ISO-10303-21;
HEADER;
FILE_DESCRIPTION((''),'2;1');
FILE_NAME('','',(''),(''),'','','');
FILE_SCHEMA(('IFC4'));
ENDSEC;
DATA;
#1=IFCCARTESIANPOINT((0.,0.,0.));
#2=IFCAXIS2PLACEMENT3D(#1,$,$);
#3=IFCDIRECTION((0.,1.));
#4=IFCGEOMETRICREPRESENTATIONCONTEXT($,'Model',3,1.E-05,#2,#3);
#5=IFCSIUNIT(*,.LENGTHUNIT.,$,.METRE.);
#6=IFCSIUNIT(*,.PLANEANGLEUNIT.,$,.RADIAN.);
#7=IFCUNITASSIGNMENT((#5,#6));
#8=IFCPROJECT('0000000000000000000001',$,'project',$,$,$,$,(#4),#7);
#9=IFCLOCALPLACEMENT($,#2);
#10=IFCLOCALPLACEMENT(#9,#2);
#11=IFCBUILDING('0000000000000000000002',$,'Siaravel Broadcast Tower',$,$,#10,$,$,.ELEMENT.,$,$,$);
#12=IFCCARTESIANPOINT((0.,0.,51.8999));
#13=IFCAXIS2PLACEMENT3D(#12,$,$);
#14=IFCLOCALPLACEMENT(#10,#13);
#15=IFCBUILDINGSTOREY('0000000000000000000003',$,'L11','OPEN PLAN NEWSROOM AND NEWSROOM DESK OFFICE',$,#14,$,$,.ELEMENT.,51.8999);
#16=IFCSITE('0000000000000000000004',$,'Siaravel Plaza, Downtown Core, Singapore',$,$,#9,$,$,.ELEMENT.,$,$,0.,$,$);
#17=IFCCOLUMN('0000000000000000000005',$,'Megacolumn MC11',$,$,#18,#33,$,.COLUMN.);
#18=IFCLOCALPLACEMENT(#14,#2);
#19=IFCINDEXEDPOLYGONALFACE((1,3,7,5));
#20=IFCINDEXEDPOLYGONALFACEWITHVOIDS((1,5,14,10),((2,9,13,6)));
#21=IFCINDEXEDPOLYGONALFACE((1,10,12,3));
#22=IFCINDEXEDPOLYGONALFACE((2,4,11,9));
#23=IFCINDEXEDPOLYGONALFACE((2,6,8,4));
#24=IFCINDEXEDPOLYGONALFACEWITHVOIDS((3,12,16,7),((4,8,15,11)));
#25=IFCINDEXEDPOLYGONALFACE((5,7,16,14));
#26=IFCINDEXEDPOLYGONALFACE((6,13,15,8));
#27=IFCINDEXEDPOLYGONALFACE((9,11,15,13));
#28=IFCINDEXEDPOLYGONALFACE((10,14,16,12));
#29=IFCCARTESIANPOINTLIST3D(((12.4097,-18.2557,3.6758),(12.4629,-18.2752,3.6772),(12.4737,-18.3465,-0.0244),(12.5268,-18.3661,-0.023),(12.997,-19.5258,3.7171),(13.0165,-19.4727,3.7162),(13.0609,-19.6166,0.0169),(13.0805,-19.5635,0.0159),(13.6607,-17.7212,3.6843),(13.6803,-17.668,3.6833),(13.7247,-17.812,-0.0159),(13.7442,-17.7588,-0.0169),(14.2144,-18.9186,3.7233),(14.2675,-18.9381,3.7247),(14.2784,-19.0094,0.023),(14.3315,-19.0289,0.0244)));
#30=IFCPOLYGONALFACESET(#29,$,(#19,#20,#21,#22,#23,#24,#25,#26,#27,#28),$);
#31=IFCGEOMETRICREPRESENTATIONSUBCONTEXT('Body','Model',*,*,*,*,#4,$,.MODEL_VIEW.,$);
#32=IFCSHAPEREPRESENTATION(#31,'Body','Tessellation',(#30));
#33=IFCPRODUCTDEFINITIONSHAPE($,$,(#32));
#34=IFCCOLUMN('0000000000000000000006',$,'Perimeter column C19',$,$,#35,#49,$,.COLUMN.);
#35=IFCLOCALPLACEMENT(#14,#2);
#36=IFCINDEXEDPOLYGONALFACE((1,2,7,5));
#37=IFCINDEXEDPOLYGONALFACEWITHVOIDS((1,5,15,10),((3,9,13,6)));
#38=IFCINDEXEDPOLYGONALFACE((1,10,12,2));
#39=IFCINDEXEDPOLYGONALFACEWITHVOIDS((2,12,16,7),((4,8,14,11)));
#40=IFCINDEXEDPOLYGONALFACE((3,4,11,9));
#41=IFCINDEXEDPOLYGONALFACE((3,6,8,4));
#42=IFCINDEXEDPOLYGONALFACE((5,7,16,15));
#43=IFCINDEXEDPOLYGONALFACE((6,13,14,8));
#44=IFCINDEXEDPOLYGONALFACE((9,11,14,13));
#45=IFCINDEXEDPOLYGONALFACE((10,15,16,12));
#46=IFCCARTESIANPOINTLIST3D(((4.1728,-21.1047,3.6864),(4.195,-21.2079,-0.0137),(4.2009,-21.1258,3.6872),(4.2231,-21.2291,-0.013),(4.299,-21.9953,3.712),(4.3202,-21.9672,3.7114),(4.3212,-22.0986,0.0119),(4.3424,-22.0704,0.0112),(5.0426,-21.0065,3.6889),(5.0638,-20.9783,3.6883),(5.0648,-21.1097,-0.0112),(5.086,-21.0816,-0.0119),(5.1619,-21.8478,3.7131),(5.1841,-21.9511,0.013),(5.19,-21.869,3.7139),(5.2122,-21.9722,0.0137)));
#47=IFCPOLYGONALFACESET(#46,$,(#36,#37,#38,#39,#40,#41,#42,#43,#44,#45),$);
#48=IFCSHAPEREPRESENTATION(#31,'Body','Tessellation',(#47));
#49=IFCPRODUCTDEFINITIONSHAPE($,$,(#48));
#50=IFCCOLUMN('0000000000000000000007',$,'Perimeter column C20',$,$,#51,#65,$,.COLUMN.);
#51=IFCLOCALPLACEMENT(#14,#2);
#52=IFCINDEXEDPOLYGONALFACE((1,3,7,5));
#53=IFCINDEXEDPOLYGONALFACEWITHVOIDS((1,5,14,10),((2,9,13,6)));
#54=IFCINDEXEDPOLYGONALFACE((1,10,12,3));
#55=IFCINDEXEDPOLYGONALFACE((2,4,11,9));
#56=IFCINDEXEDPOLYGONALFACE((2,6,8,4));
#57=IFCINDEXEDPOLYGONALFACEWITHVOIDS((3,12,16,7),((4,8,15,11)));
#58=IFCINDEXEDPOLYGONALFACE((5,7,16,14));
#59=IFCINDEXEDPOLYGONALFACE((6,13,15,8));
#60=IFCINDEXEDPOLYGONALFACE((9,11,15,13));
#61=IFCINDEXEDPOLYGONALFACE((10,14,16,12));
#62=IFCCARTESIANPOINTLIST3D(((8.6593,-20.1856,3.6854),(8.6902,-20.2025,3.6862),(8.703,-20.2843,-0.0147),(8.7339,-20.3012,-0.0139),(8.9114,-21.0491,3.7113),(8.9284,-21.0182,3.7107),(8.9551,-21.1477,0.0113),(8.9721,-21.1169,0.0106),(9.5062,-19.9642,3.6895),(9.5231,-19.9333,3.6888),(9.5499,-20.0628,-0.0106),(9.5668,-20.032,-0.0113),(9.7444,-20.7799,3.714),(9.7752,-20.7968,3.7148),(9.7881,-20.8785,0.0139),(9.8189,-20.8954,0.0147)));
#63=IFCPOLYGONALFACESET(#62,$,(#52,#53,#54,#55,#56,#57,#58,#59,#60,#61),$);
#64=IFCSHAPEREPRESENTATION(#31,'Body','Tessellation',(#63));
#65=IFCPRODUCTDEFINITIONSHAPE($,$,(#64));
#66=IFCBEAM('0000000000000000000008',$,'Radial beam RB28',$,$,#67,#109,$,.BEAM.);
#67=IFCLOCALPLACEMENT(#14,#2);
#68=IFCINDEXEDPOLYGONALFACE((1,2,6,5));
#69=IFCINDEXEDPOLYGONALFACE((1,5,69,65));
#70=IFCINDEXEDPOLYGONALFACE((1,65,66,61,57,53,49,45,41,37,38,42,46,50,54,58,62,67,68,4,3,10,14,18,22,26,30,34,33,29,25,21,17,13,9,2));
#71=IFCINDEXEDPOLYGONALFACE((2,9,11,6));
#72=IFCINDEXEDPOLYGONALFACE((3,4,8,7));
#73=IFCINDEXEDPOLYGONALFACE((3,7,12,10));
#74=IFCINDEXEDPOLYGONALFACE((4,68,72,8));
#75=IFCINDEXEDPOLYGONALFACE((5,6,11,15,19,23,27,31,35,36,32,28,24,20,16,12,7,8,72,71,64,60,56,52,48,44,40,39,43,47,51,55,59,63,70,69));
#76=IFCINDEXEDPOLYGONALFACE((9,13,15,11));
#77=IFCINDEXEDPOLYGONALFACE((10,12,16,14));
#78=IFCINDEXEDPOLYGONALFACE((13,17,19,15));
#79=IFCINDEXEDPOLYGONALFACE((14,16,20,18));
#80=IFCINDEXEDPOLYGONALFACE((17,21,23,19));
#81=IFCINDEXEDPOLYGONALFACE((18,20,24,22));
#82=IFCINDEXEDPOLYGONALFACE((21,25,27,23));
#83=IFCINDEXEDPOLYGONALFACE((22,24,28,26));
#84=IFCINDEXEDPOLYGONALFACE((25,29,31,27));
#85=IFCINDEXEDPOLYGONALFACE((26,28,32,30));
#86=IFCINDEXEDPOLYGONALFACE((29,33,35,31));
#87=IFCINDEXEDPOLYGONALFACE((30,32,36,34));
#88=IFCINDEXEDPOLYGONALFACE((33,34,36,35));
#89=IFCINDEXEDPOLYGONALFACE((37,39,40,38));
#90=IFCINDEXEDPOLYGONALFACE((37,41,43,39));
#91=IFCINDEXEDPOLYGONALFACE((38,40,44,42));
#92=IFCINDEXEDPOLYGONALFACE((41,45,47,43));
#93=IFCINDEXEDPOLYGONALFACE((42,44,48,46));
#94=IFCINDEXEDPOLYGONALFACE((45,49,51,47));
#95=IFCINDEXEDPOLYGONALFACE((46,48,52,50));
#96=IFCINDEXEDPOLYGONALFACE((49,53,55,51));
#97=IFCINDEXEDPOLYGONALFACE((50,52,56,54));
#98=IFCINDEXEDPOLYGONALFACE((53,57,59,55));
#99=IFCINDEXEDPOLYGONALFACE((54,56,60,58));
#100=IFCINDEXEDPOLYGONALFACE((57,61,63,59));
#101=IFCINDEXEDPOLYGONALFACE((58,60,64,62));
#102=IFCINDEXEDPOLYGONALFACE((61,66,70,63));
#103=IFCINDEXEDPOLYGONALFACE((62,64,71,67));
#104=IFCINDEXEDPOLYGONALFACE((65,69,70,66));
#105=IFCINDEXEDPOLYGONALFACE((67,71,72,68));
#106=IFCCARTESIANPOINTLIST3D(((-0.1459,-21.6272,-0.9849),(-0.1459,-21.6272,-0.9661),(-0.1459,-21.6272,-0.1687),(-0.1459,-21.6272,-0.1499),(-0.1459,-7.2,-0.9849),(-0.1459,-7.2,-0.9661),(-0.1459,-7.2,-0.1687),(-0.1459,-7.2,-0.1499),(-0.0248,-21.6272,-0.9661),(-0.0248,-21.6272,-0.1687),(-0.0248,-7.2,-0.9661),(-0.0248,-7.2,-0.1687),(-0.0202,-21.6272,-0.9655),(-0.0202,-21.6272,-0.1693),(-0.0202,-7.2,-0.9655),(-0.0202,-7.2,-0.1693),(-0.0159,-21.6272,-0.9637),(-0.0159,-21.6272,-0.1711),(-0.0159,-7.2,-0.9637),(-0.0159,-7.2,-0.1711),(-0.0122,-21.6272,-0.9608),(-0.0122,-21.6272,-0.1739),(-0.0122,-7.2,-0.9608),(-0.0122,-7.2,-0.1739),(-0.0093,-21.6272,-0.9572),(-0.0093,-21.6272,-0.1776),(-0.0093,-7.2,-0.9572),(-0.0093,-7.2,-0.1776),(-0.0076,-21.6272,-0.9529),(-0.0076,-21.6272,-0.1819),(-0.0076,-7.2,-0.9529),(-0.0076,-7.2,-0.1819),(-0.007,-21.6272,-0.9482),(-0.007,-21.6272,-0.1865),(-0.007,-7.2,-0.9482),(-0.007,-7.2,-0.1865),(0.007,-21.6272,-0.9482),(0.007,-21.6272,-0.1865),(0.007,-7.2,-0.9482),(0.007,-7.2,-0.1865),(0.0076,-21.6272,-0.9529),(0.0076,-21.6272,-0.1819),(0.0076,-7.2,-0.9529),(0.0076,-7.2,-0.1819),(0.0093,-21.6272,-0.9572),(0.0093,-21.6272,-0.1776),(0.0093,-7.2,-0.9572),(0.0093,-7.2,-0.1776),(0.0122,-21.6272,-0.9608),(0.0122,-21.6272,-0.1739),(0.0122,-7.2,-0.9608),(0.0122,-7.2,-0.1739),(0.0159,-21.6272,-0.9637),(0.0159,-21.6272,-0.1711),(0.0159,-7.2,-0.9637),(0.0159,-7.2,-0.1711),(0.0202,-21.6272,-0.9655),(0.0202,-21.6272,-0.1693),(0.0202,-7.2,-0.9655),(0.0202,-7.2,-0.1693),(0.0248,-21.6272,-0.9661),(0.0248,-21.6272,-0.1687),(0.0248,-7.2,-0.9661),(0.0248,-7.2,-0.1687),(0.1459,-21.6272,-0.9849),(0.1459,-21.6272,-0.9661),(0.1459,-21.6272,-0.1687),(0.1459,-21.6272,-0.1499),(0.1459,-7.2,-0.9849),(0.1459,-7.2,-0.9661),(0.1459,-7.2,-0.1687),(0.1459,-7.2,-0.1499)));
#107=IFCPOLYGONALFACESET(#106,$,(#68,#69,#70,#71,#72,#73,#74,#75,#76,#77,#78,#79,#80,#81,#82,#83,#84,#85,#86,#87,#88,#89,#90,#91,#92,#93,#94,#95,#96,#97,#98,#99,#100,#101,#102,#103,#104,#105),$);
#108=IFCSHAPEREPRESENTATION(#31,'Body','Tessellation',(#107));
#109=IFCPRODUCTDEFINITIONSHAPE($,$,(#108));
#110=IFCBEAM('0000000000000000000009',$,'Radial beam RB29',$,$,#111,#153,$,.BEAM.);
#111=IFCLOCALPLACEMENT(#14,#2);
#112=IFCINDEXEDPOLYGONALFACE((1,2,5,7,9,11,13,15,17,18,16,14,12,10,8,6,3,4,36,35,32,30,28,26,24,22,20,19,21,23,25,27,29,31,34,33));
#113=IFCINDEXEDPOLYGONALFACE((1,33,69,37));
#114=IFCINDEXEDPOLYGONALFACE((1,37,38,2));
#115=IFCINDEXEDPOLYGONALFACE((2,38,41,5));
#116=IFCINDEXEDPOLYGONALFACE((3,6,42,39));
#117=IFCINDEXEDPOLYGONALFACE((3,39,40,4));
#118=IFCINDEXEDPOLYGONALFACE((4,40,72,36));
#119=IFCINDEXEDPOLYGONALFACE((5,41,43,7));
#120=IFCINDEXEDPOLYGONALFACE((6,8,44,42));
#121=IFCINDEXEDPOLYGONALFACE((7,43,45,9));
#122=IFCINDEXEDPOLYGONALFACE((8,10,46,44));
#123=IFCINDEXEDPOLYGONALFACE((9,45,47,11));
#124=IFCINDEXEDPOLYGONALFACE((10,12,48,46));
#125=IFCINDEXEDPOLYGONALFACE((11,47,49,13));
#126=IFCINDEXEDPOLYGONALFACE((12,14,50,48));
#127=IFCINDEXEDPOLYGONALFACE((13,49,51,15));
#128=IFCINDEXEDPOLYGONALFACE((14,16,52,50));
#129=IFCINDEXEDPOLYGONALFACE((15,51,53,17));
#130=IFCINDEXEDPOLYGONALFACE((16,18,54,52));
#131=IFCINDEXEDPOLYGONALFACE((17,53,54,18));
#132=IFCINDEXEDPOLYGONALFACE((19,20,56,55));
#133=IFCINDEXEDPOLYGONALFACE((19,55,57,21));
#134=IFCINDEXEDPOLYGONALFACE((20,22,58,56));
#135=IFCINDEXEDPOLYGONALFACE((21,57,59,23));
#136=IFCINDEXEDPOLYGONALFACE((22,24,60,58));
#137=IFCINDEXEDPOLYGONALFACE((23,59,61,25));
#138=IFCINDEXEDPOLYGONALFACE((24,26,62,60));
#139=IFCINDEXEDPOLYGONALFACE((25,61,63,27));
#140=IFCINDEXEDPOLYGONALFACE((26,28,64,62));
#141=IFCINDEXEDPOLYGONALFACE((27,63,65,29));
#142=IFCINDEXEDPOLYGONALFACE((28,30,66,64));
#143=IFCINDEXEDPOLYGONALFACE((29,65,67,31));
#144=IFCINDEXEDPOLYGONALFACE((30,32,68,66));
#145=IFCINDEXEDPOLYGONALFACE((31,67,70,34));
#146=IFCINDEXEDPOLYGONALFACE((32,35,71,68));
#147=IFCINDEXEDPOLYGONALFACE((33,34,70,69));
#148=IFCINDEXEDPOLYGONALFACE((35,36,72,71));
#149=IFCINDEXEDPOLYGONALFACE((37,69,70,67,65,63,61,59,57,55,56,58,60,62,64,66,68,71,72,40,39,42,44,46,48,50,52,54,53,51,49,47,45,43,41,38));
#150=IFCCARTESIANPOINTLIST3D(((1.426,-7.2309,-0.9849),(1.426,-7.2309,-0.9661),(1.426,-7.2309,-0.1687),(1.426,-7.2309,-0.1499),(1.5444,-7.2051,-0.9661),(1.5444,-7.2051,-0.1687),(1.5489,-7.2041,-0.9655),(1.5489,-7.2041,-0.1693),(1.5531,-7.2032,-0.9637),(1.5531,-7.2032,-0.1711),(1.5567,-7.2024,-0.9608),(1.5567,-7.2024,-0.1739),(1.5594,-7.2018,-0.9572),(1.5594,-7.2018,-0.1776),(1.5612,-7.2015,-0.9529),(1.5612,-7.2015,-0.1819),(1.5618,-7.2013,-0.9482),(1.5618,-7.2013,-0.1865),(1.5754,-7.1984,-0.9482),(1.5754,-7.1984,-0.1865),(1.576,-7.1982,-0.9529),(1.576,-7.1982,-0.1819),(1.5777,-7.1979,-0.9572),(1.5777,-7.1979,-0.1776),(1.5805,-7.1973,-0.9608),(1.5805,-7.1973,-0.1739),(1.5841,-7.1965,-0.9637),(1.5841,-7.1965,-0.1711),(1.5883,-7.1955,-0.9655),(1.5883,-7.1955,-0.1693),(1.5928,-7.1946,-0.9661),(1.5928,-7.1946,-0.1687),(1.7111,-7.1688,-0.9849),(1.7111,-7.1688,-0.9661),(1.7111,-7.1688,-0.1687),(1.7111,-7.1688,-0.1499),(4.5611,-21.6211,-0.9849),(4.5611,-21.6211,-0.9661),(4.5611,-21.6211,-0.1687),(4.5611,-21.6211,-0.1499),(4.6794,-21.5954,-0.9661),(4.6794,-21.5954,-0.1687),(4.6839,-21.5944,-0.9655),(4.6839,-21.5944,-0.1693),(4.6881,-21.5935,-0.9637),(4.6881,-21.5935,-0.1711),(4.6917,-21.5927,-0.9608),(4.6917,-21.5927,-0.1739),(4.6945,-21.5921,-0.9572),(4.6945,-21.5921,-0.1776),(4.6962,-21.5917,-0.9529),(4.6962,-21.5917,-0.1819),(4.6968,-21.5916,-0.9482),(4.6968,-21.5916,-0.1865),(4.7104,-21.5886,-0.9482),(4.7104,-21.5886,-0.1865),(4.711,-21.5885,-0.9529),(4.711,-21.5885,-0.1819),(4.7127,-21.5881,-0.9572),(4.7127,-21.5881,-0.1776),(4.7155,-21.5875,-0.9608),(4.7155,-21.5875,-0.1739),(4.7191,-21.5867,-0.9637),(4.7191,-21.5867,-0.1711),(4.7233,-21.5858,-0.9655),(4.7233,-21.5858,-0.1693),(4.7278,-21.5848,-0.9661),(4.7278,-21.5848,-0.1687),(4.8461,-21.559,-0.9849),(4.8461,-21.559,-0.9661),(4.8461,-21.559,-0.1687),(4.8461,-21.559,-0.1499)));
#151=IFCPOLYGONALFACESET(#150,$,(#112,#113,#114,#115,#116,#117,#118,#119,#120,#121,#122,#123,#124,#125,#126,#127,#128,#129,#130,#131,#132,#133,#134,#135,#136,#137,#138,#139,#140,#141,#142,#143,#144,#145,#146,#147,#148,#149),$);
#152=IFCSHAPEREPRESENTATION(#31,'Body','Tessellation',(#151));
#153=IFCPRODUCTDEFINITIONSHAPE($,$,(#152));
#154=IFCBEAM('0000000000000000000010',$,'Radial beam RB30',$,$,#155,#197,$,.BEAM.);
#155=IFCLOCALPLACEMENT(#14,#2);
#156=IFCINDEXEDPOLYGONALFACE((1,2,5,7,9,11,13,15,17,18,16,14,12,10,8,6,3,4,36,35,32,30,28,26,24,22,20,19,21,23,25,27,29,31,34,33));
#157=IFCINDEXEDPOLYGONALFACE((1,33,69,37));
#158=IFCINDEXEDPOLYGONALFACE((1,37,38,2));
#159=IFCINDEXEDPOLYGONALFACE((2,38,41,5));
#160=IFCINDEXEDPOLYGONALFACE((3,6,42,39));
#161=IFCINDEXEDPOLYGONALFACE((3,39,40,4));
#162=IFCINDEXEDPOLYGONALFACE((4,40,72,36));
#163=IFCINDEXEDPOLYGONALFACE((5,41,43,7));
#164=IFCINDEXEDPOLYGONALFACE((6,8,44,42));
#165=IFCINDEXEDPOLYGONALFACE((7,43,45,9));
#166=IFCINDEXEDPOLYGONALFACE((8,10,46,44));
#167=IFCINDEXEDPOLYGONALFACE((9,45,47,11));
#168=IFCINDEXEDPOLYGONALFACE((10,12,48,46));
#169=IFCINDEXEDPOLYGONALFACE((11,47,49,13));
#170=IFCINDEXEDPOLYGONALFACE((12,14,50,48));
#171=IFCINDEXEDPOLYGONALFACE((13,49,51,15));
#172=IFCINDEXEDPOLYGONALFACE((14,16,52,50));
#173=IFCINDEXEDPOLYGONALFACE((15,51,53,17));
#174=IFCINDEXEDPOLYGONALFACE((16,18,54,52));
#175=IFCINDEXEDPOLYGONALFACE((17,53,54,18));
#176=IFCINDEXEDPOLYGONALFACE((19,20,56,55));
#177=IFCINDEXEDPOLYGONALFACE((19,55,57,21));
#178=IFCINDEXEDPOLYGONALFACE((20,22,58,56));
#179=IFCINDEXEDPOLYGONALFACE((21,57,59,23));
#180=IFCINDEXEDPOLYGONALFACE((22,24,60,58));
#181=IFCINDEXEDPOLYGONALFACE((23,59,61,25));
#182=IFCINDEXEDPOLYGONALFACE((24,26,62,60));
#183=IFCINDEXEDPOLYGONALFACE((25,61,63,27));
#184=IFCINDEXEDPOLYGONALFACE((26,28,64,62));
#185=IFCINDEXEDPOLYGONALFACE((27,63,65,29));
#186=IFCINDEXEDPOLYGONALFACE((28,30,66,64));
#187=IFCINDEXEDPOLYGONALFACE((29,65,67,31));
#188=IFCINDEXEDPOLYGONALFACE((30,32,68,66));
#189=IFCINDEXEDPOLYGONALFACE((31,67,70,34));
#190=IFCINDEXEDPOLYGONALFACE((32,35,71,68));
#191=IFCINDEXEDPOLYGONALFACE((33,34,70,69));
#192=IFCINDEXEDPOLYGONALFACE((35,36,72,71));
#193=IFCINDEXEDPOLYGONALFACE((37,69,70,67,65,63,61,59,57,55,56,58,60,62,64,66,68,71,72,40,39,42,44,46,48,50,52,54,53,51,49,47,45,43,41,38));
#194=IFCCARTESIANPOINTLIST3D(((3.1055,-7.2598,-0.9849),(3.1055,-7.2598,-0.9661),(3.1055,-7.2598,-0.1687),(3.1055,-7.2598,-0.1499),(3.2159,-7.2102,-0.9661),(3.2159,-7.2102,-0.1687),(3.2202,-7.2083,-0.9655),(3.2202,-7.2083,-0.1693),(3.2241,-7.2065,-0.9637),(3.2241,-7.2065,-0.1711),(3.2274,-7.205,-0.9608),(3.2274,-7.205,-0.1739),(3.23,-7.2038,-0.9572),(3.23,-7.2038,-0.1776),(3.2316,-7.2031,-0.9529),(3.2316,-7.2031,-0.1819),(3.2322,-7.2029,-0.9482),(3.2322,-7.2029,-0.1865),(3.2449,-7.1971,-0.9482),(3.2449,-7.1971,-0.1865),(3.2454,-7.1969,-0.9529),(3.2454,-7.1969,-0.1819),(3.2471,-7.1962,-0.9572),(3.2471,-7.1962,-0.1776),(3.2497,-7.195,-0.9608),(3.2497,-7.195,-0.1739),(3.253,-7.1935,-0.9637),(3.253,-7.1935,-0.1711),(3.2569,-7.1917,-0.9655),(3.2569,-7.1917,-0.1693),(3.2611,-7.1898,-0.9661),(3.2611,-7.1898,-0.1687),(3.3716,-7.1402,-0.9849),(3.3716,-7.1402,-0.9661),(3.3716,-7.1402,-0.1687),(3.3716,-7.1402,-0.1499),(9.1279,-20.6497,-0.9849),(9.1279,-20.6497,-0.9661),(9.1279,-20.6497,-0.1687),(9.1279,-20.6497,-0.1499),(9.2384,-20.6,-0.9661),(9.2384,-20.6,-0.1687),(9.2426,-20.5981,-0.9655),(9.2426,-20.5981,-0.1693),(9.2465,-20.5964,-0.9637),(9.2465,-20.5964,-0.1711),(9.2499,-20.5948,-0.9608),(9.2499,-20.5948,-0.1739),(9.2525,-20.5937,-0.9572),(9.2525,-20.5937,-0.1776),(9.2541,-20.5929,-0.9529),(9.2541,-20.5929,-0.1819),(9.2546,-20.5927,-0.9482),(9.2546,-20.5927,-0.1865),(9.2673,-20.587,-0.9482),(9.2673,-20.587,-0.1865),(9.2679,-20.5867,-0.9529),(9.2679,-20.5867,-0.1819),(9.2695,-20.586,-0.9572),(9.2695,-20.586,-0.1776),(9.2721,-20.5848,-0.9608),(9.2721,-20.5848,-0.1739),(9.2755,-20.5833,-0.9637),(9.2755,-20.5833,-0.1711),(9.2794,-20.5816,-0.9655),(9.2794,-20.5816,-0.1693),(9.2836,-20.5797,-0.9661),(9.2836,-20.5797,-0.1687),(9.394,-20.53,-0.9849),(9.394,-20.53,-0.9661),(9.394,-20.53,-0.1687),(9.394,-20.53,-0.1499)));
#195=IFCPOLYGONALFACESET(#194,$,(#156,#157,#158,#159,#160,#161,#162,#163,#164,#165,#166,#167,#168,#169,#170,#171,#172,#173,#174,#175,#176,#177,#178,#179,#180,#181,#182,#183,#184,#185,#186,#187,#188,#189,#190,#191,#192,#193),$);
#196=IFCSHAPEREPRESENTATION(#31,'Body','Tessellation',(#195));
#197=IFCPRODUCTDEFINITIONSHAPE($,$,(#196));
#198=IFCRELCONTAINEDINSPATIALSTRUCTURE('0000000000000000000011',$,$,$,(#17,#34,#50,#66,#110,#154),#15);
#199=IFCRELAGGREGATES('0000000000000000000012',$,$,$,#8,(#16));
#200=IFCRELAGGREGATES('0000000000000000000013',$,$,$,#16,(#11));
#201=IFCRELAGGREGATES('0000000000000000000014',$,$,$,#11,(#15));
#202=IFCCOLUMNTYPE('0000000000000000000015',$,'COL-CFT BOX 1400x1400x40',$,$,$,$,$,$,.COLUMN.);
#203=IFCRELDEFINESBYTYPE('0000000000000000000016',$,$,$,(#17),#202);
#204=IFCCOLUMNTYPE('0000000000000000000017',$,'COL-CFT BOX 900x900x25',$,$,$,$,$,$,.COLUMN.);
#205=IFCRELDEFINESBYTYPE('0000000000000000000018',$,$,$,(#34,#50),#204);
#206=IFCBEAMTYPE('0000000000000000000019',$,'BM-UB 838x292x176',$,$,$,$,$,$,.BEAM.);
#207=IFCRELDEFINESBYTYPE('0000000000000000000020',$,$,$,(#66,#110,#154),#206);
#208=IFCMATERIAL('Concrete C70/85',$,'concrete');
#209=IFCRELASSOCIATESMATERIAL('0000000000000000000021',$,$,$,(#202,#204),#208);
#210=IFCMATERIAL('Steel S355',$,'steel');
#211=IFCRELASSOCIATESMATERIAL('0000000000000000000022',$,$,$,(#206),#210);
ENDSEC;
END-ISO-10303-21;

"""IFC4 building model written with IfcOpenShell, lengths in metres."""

from ifc_helpers import new_model, si_unit, direction, frame, origin, origin_2d, place, context, subcontext, project, spatial, hollow_rectangle, i_section, extrude, material, material_profile, profile_set, type_object, element, save


model = new_model("IFC4")

# Units and contexts
model_context = context("Model", 3, precision=1e-05, world=origin(), true_north=direction((0.0, 1.0)))
body_context = subcontext(model_context, "Body", "Model", "MODEL_VIEW")
ifc_project = project(units=[si_unit("LENGTHUNIT", "METRE"), si_unit("PLANEANGLEUNIT", "RADIAN")], contexts=[model_context])

# Site, building, storey
site_placement = place(None, origin())
site = spatial("IfcSite", under=ifc_project, at=site_placement, Name="Siaravel Plaza, Downtown Core, Singapore", CompositionType="ELEMENT", RefElevation=0.0)
building_placement = place(site_placement, origin())
building = spatial("IfcBuilding", under=site, at=building_placement, Name="Siaravel Broadcast Tower", CompositionType="ELEMENT")
storey_placement = place(building_placement, frame((0.0, 0.0, 51.8999)))
storey = spatial("IfcBuildingStorey", under=building, at=storey_placement, Name="L11", Description="OPEN PLAN NEWSROOM AND NEWSROOM DESK OFFICE", CompositionType="ELEMENT", Elevation=51.8999)

# Columns
ifc_material_1 = material(Name="Concrete C70/85", Category="concrete")
ifc_material_profile_1 = material_profile(ifc_material_1, hollow_rectangle(XDim=1.3999, YDim=1.3999, WallThickness=0.04, at=origin_2d()))
ifc_profile_set_1 = profile_set([ifc_material_profile_1], Name="Concrete C70/85")
column_type_1 = type_object("IfcColumnType", Name="COL-CFT BOX 1400x1400x40", PredefinedType="COLUMN", material=ifc_profile_set_1)
column_placement = place(storey_placement, frame((13.4026, -18.6877, 0.0), z_axis=(-0.017279, 0.024534, 0.99955), x_axis=(-0.907591, -0.41982, -0.005385)))
element("IfcColumn", 1, at=column_placement, inside=storey, type_object=column_type_1, Name="Megacolumn MC11", PredefinedType="COLUMN", context=body_context, shape_type="SweptSolid", body=[
    extrude(hollow_rectangle(XDim=1.3999, YDim=1.3999, WallThickness=0.04, at=origin_2d()), origin(), (0.0, 0.0, 1.0), 3.7019),
])
ifc_material_profile_2 = material_profile(ifc_material_1, hollow_rectangle(XDim=0.8999, YDim=0.8999, WallThickness=0.0249, at=origin_2d()))
ifc_profile_set_2 = profile_set([ifc_material_profile_2], Name="Concrete C70/85")
column_type_2 = type_object("IfcColumnType", Name="COL-CFT BOX 900x900x25", PredefinedType="COLUMN", material=ifc_profile_set_2)
for number, where, z_axis, x_axis, name in (
    (2, (4.7036, -21.5901, 0.0), (-0.006002, 0.027898, 0.999593), (-0.990094, -0.140394, -0.002026), "Perimeter column C19"),
    (3, (9.261, -20.5898, 0.0), (-0.011805, 0.026645, 0.999575), (-0.959882, -0.280377, -0.003863), "Perimeter column C20"),
):
    element("IfcColumn", number, at=place(storey_placement, frame(where, z_axis=z_axis, x_axis=x_axis)), inside=storey, type_object=column_type_2, Name=name, PredefinedType="COLUMN", context=body_context, shape_type="SweptSolid", body=[
        extrude(hollow_rectangle(XDim=0.8999, YDim=0.8999, WallThickness=0.0249, at=origin_2d()), origin(), (0.0, 0.0, 1.0), 3.7017),
    ])

# Beams
ifc_material_2 = material(Name="Steel S355", Category="steel")
ifc_material_profile_3 = material_profile(ifc_material_2, i_section(OverallWidth=0.2917, OverallDepth=0.835, WebThickness=0.0139, FlangeThickness=0.0188, FilletRadius=0.0178, at=origin_2d()))
ifc_profile_set_3 = profile_set([ifc_material_profile_3], Name="Steel S355")
beam_type = type_object("IfcBeamType", Name="BM-UB 838x292x176", PredefinedType="BEAM", material=ifc_profile_set_3)
beam_1_placement = place(storey_placement, frame((0.0, -21.6272, -0.5674), z_axis=(0.0, 1.0, 0.0), x_axis=(-1.0, 0.0, 0.0)))
element("IfcBeam", 4, at=beam_1_placement, inside=storey, type_object=beam_type, Name="Radial beam RB28", PredefinedType="BEAM", context=body_context, shape_type="SweptSolid", body=[
    extrude(i_section(OverallWidth=0.2917, OverallDepth=0.835, WebThickness=0.0139, FlangeThickness=0.0188, FilletRadius=0.0178, at=origin_2d()), origin(), (0.0, 0.0, 1.0), 14.4272),
])
beam_2_placement = place(storey_placement, frame((4.7036, -21.5901, -0.5674), z_axis=(-0.212865, 0.977082, 0.0), x_axis=(-0.977082, -0.212865, 0.0)))
element("IfcBeam", 5, at=beam_2_placement, inside=storey, type_object=beam_type, Name="Radial beam RB29", PredefinedType="BEAM", context=body_context, shape_type="SweptSolid", body=[
    extrude(i_section(OverallWidth=0.2917, OverallDepth=0.835, WebThickness=0.0139, FlangeThickness=0.0188, FilletRadius=0.0178, at=origin_2d()), origin(), (0.0, 0.0, 1.0), 14.7278),
])
beam_3_placement = place(storey_placement, frame((9.261, -20.5898, -0.5674), z_axis=(-0.410195, 0.911998, 0.0), x_axis=(-0.911998, -0.410195, 0.0)))
element("IfcBeam", 6, at=beam_3_placement, inside=storey, type_object=beam_type, Name="Radial beam RB30", PredefinedType="BEAM", context=body_context, shape_type="SweptSolid", body=[
    extrude(i_section(OverallWidth=0.2917, OverallDepth=0.835, WebThickness=0.0139, FlangeThickness=0.0188, FilletRadius=0.0178, at=origin_2d()), origin(), (0.0, 0.0, 1.0), 14.6819),
])

save(model, "model.ifc")
